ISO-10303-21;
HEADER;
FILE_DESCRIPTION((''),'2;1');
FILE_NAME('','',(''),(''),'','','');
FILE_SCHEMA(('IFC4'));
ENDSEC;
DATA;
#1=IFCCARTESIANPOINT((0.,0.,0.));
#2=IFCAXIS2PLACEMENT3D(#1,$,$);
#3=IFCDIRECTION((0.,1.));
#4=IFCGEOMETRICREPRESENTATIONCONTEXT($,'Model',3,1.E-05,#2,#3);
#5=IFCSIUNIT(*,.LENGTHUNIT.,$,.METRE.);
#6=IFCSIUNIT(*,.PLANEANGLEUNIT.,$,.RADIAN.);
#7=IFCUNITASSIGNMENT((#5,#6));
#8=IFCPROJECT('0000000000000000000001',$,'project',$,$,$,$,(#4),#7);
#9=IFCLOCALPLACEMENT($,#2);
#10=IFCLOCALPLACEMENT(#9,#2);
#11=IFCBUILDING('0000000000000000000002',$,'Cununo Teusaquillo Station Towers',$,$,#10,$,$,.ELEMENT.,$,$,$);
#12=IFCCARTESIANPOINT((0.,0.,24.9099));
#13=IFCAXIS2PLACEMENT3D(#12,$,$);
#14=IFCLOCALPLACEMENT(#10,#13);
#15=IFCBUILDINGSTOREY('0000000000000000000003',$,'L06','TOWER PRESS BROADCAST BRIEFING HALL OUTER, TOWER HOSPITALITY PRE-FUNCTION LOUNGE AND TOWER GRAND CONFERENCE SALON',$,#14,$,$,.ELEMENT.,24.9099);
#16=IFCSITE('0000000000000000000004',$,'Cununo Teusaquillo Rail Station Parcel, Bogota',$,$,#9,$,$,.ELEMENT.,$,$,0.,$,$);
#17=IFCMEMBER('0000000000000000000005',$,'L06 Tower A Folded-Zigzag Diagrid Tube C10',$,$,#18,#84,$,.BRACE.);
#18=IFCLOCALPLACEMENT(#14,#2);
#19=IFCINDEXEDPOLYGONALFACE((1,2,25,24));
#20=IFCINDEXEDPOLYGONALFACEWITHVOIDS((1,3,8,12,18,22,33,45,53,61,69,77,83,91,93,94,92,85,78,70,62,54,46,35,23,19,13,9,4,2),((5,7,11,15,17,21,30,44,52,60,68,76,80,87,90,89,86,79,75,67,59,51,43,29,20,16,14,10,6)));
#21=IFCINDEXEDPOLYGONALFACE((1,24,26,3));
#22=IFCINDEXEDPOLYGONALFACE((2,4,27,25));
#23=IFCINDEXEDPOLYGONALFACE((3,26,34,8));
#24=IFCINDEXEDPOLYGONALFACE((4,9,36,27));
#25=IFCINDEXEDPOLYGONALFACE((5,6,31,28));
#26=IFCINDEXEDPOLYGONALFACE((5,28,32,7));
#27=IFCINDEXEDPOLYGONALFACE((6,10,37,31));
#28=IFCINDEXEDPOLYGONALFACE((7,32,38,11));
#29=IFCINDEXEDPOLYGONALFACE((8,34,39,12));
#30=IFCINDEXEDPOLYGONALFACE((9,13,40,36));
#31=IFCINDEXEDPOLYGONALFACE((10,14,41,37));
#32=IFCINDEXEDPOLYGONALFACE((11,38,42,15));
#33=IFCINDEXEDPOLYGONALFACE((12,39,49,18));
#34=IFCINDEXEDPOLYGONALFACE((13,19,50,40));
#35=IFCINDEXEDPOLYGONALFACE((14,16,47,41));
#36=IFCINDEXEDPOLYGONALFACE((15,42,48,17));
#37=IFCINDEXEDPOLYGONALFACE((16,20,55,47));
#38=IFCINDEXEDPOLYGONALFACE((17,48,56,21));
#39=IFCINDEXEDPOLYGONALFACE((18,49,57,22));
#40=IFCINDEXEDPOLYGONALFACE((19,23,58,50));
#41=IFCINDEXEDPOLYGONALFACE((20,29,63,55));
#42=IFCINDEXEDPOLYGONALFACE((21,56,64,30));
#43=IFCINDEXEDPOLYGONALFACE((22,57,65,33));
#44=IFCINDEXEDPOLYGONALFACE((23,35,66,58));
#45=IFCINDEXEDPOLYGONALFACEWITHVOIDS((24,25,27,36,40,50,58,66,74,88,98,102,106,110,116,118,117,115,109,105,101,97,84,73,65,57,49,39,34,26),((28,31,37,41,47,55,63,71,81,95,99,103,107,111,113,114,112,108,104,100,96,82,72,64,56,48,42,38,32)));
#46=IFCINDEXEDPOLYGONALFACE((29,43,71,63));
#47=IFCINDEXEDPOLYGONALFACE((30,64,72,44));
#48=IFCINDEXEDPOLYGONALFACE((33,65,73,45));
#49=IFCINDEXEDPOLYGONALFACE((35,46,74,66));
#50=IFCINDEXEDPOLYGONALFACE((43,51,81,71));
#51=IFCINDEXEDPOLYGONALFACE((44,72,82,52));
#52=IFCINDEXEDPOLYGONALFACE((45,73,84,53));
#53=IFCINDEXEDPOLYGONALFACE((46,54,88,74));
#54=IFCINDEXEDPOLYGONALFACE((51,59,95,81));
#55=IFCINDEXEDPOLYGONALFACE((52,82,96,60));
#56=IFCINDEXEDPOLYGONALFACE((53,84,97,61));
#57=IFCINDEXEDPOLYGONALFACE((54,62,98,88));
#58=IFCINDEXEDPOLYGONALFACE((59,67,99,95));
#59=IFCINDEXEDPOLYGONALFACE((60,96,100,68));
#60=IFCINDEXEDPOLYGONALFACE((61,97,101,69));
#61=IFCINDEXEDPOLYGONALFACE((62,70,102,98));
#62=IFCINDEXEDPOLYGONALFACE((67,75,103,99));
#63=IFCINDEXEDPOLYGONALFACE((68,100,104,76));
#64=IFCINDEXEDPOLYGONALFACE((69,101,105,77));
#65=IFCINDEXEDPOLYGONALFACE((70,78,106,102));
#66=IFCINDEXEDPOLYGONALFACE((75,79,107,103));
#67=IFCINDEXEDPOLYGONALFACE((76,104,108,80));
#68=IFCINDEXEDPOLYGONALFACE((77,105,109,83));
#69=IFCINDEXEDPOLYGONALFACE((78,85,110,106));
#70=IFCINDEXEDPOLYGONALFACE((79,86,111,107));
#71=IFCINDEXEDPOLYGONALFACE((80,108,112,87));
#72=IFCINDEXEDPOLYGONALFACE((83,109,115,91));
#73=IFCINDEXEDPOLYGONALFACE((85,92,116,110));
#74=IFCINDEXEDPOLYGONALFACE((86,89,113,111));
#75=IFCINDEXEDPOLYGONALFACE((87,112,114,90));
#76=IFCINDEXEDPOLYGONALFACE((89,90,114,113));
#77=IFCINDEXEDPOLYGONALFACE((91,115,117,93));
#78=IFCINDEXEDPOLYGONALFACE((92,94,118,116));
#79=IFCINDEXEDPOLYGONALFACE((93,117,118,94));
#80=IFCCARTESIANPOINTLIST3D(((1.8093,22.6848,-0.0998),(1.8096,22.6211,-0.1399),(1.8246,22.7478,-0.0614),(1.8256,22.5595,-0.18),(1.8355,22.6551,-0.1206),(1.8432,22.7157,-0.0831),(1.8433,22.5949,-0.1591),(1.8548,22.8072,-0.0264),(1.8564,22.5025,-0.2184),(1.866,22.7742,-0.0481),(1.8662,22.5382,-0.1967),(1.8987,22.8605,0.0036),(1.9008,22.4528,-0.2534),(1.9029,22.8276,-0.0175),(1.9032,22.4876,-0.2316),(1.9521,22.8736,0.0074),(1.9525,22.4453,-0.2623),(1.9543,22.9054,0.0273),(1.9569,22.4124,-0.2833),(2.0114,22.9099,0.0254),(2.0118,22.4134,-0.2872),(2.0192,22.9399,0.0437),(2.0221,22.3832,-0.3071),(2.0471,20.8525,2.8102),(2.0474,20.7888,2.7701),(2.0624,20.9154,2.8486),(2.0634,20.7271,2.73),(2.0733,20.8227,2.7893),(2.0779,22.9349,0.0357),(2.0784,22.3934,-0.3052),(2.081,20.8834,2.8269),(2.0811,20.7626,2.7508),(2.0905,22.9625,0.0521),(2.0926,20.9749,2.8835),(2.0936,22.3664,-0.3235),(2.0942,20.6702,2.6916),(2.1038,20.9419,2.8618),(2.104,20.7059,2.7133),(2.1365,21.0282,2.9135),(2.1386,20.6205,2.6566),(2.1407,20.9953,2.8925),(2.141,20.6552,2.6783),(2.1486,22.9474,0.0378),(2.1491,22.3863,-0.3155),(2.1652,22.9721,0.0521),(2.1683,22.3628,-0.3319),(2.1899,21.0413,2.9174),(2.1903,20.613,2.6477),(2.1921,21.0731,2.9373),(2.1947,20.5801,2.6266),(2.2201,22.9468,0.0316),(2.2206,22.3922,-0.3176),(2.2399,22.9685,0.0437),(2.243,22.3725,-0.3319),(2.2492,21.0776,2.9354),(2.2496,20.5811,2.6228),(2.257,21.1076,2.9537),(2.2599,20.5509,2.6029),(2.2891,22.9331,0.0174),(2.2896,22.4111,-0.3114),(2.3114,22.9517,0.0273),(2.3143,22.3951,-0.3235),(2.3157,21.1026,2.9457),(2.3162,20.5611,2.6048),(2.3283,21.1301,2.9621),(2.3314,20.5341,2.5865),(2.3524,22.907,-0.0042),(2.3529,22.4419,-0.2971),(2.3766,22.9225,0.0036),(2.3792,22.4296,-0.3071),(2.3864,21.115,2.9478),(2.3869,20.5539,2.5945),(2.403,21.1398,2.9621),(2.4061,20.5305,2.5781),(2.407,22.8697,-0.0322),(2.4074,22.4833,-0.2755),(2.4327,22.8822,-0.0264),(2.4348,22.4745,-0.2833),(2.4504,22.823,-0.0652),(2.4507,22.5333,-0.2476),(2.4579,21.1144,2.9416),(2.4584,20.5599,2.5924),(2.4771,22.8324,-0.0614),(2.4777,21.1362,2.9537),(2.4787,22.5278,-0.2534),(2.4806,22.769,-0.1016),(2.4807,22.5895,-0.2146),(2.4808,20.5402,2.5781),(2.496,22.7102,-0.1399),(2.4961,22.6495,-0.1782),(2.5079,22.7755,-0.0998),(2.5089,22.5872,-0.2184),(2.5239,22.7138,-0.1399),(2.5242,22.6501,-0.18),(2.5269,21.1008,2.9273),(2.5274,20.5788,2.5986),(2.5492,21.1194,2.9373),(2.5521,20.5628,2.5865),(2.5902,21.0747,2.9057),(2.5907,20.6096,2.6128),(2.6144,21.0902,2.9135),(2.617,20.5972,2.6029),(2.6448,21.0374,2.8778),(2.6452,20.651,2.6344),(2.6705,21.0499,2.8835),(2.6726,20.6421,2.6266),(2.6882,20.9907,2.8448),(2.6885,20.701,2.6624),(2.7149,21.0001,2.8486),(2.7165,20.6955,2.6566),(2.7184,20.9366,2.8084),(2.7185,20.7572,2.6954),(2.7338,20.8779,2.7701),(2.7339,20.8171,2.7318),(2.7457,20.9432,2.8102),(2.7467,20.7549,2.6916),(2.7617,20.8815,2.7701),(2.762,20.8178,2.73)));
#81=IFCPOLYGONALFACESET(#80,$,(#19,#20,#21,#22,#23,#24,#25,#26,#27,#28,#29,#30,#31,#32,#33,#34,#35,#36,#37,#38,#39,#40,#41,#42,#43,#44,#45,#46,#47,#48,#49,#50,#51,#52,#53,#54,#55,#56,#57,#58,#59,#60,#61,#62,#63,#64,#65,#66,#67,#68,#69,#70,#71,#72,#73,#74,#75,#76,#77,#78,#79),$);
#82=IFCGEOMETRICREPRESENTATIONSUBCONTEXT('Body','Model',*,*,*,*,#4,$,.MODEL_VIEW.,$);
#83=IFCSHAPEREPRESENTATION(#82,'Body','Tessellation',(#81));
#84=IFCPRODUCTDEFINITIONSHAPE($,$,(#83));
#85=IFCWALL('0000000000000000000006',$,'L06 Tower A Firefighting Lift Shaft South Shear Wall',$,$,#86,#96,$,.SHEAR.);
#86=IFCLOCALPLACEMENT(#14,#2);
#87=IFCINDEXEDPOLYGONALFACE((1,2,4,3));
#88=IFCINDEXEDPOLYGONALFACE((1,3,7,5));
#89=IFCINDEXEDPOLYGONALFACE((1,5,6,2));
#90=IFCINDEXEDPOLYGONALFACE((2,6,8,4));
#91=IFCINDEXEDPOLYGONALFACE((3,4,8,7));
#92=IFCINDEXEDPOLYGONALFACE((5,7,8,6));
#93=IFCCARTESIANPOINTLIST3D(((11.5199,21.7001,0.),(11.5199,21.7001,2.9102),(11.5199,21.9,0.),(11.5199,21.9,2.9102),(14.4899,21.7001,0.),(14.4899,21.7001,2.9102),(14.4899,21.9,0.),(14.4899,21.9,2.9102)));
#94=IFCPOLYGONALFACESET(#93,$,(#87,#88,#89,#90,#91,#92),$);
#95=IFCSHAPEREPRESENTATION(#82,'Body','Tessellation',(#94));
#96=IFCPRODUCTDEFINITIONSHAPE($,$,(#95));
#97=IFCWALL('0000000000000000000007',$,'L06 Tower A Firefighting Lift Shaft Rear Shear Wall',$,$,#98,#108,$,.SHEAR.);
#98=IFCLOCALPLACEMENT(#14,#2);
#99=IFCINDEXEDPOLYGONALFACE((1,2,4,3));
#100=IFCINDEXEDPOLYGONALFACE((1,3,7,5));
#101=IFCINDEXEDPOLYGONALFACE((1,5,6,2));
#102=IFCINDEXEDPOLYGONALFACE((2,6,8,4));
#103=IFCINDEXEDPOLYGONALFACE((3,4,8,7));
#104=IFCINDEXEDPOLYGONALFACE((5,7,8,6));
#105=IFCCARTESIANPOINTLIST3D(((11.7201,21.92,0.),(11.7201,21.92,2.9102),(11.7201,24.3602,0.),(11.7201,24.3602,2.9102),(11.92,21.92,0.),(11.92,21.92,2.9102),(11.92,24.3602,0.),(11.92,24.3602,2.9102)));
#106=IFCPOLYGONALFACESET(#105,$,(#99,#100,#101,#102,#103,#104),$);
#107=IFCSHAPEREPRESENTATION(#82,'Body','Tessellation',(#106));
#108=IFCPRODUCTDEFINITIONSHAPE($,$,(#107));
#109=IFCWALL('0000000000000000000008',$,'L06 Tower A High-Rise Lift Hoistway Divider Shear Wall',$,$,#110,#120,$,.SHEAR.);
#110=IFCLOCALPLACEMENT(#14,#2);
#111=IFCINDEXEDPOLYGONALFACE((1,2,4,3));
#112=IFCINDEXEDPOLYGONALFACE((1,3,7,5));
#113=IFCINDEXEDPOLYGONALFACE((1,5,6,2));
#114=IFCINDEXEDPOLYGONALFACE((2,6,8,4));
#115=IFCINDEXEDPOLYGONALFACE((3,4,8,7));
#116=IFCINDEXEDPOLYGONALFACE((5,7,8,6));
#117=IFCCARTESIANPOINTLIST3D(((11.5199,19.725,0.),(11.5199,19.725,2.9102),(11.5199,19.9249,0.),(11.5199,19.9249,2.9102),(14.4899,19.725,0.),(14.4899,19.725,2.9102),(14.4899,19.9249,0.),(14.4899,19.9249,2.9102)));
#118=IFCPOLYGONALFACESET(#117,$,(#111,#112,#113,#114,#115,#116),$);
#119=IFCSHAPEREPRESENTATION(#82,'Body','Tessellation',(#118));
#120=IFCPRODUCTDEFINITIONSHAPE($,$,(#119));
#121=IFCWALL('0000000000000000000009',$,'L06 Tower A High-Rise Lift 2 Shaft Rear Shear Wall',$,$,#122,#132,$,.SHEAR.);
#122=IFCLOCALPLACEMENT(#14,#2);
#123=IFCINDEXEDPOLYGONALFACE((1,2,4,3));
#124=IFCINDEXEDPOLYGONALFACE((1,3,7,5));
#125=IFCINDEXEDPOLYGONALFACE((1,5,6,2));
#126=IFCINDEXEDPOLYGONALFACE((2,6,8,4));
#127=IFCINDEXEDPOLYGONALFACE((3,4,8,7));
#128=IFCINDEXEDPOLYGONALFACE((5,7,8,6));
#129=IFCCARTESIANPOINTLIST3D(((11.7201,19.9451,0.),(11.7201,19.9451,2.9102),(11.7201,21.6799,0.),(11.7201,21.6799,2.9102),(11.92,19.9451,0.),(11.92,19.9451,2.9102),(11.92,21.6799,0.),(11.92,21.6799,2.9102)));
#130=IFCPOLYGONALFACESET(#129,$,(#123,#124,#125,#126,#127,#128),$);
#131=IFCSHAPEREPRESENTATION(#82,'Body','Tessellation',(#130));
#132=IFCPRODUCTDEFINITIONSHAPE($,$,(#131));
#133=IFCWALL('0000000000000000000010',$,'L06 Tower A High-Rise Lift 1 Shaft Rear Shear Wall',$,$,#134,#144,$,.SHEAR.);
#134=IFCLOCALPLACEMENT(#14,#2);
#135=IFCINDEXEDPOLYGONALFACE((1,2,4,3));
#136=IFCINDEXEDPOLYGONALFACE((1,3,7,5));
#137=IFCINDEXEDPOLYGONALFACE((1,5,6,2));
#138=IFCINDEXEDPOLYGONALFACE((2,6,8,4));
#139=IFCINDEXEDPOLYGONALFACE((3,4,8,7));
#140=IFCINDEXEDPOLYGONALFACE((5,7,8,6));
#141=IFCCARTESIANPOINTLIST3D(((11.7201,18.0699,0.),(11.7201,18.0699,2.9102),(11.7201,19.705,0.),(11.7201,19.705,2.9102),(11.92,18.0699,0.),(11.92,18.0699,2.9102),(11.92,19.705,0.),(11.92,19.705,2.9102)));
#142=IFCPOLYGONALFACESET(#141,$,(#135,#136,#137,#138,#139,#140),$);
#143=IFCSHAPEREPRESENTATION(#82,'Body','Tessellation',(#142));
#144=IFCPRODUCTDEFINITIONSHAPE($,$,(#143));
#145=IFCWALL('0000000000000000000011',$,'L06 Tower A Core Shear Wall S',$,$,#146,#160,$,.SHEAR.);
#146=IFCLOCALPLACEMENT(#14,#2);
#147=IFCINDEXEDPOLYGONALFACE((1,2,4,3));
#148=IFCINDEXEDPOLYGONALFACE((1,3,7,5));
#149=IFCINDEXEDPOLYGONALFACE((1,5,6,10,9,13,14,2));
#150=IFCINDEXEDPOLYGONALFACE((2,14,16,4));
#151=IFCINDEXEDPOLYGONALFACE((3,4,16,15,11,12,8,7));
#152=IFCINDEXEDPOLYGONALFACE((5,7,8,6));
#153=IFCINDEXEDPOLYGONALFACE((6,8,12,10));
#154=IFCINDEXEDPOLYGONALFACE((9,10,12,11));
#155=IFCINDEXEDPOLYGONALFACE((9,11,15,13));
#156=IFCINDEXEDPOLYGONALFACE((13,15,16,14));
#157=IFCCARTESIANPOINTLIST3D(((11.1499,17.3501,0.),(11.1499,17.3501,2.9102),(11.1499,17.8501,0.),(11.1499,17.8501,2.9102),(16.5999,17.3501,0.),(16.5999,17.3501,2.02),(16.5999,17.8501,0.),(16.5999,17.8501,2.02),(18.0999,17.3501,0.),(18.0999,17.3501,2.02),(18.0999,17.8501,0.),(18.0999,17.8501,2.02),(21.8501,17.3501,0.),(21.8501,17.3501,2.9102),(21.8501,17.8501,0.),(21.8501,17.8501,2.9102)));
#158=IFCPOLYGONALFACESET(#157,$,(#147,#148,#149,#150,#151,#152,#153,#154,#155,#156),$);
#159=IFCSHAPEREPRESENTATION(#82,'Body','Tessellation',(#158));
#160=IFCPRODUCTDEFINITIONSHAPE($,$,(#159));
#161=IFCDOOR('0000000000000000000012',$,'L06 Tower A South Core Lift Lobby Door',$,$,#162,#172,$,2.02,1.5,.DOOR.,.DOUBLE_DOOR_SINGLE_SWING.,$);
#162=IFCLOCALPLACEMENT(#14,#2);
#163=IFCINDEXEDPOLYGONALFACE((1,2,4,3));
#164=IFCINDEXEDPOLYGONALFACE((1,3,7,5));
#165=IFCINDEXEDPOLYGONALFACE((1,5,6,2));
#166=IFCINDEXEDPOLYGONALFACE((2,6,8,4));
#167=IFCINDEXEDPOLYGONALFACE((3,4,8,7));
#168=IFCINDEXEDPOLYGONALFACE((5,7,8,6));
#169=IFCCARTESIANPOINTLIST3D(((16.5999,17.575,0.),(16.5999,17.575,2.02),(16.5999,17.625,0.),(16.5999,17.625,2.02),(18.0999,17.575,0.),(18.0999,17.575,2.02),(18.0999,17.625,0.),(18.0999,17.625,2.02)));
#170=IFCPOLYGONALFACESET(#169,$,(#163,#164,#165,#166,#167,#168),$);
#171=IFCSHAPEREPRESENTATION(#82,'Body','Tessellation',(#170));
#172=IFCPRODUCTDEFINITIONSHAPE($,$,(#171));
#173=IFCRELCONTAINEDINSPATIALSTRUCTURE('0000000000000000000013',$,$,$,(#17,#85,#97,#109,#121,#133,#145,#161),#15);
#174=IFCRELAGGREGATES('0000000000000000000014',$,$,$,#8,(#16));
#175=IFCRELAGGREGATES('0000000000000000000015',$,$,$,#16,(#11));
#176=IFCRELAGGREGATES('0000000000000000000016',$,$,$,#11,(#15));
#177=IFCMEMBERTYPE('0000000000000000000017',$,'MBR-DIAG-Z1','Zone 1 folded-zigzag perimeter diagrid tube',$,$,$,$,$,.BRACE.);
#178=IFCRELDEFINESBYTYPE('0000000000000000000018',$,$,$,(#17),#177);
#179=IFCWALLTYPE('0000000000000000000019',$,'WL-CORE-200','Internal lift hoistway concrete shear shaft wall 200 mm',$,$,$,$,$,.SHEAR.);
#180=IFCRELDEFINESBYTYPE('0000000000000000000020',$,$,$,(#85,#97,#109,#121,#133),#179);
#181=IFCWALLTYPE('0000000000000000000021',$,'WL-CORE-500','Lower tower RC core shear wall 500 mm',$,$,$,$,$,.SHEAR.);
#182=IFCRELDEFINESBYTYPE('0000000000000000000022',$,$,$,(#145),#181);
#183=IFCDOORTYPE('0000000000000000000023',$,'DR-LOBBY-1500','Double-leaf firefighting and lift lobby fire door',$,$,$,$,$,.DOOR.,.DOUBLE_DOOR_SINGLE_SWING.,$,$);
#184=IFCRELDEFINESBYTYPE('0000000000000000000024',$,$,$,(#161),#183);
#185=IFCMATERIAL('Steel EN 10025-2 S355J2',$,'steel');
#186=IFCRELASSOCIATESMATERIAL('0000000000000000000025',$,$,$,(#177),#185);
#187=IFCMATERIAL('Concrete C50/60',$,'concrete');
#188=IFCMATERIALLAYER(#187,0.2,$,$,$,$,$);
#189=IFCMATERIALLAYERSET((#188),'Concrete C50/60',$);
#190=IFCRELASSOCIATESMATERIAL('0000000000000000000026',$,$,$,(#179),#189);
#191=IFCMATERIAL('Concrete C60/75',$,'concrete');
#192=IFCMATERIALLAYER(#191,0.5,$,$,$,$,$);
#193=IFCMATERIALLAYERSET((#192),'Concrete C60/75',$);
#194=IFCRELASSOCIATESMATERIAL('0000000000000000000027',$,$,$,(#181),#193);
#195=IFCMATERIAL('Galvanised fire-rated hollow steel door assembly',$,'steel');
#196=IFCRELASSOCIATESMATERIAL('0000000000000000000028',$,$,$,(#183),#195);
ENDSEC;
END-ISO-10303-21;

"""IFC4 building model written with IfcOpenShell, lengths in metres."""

from ifc_helpers import new_model, si_unit, direction, frame, frame_2d, origin, origin_2d, place, context, subcontext, project, spatial, rectangle, hollow_circle, extrude, source, transform, mapped, material, layer, layer_set, material_profile, profile_set, type_object, element, fill, save


model = new_model("IFC4")

# Units and contexts
model_context = context("Model", 3, precision=1e-05, world=origin(), true_north=direction((0.0, 1.0)))
body_context = subcontext(model_context, "Body", "Model", "MODEL_VIEW")
ifc_project = project(units=[si_unit("LENGTHUNIT", "METRE"), si_unit("PLANEANGLEUNIT", "RADIAN")], contexts=[model_context])

# Site, building, storey
site_placement = place(None, origin())
site = spatial("IfcSite", under=ifc_project, at=site_placement, Name="Cununo Teusaquillo Rail Station Parcel, Bogota", CompositionType="ELEMENT", RefElevation=0.0)
building_placement = place(site_placement, origin())
building = spatial("IfcBuilding", under=site, at=building_placement, Name="Cununo Teusaquillo Station Towers", CompositionType="ELEMENT")
storey_placement = place(building_placement, frame((0.0, 0.0, 24.9099)))
storey = spatial("IfcBuildingStorey", under=building, at=storey_placement, Name="L06", Description="TOWER PRESS BROADCAST BRIEFING HALL OUTER, TOWER HOSPITALITY PRE-FUNCTION LOUNGE AND TOWER GRAND CONFERENCE SALON", CompositionType="ELEMENT", Elevation=24.9099)

# Member
ifc_material_1 = material(Name="Steel EN 10025-2 S355J2", Category="steel")
ifc_material_profile_1 = material_profile(ifc_material_1, hollow_circle(Radius=0.3601, WallThickness=0.0281, at=origin_2d()), Name="CHS 720x28")
ifc_profile_set_1 = profile_set([ifc_material_profile_1], Name="Steel EN 10025-2 S355J2")
member_type = type_object("IfcMemberType", Name="MBR-DIAG-Z1", Description="Zone 1 folded-zigzag perimeter diagrid tube", PredefinedType="BRACE", material=ifc_profile_set_1)
member_placement = place(storey_placement, frame((2.1667, 22.6675, -0.1399), z_axis=(0.068987, -0.531566, 0.844203), x_axis=(0.991683, 0.128701, 0.0)))
element("IfcMember", 1, at=member_placement, inside=storey, type_object=member_type, Name="L06 Tower A Folded-Zigzag Diagrid Tube C10", PredefinedType="BRACE", context=body_context, shape_type="SweptSolid", body=[
    extrude(hollow_circle(Radius=0.3601, WallThickness=0.0281, at=origin_2d()), origin(), (0.0, 0.0, 1.0), 3.447),
])

# Walls
ifc_material_2 = material(Name="Concrete C50/60", Category="concrete")
ifc_layer_1 = layer(ifc_material_2, 0.2)
ifc_layer_set_1 = layer_set([ifc_layer_1], Name="Concrete C50/60")
wall_type_1 = type_object("IfcWallType", Name="WL-CORE-200", Description="Internal lift hoistway concrete shear shaft wall 200 mm", PredefinedType="SHEAR", material=ifc_layer_set_1)
wall_1_placement = place(storey_placement, frame((11.52, 21.8, 0.0), z_axis=(0.0, 0.0, 1.0), x_axis=(1.0, 0.0, 0.0)))
element("IfcWall", 2, at=wall_1_placement, inside=storey, type_object=wall_type_1, Name="L06 Tower A Firefighting Lift Shaft South Shear Wall", PredefinedType="SHEAR", context=body_context, shape_type="SweptSolid", body=[
    extrude(rectangle(XDim=2.97, YDim=0.2, at=frame_2d((1.4849, 0.0))), origin(), (0.0, 0.0, 1.0), 2.9102),
])
wall_2_placement = place(storey_placement, frame((11.8201, 21.9199, 0.0), z_axis=(0.0, 0.0, 1.0), x_axis=(0.0, 1.0, 0.0)))
element("IfcWall", 3, at=wall_2_placement, inside=storey, type_object=wall_type_1, Name="L06 Tower A Firefighting Lift Shaft Rear Shear Wall", PredefinedType="SHEAR", context=body_context, shape_type="SweptSolid", body=[
    extrude(rectangle(XDim=2.4402, YDim=0.2, at=frame_2d((1.2202, 0.0))), origin(), (0.0, 0.0, 1.0), 2.9102),
])
wall_3_placement = place(storey_placement, frame((11.52, 19.825, 0.0), z_axis=(0.0, 0.0, 1.0), x_axis=(1.0, 0.0, 0.0)))
element("IfcWall", 4, at=wall_3_placement, inside=storey, type_object=wall_type_1, Name="L06 Tower A High-Rise Lift Hoistway Divider Shear Wall", PredefinedType="SHEAR", context=body_context, shape_type="SweptSolid", body=[
    extrude(rectangle(XDim=2.97, YDim=0.2, at=frame_2d((1.4849, 0.0))), origin(), (0.0, 0.0, 1.0), 2.9102),
])
wall_4_placement = place(storey_placement, frame((11.8201, 19.9451, 0.0), z_axis=(0.0, 0.0, 1.0), x_axis=(0.0, 1.0, 0.0)))
element("IfcWall", 5, at=wall_4_placement, inside=storey, type_object=wall_type_1, Name="L06 Tower A High-Rise Lift 2 Shaft Rear Shear Wall", PredefinedType="SHEAR", context=body_context, shape_type="SweptSolid", body=[
    extrude(rectangle(XDim=1.7349, YDim=0.2, at=frame_2d((0.8674, 0.0))), origin(), (0.0, 0.0, 1.0), 2.9102),
])
wall_5_placement = place(storey_placement, frame((11.8201, 18.0701, 0.0), z_axis=(0.0, 0.0, 1.0), x_axis=(0.0, 1.0, 0.0)))
element("IfcWall", 6, at=wall_5_placement, inside=storey, type_object=wall_type_1, Name="L06 Tower A High-Rise Lift 1 Shaft Rear Shear Wall", PredefinedType="SHEAR", context=body_context, shape_type="SweptSolid", body=[
    extrude(rectangle(XDim=1.635, YDim=0.2, at=frame_2d((0.8174, 0.0))), origin(), (0.0, 0.0, 1.0), 2.9102),
])

# Wall, opening, door
ifc_material_3 = material(Name="Concrete C60/75", Category="concrete")
ifc_layer_2 = layer(ifc_material_3, 0.5)
ifc_layer_set_2 = layer_set([ifc_layer_2], Name="Concrete C60/75")
wall_type_2 = type_object("IfcWallType", Name="WL-CORE-500", Description="Lower tower RC core shear wall 500 mm", PredefinedType="SHEAR", material=ifc_layer_set_2)
wall_6_placement = place(storey_placement, frame((11.1499, 17.6001, 0.0), z_axis=(0.0, 0.0, 1.0), x_axis=(1.0, 0.0, 0.0)))
wall_6 = element("IfcWall", 7, at=wall_6_placement, inside=storey, type_object=wall_type_2, Name="L06 Tower A Core Shear Wall S", PredefinedType="SHEAR", context=body_context, shape_type="SweptSolid", body=[
    extrude(rectangle(XDim=10.7002, YDim=0.5, at=frame_2d((5.3501, 0.0))), origin(), (0.0, 0.0, 1.0), 2.9102),
])
shared_shape_1 = source(origin(), body_context, "Body", "SweptSolid", [
    extrude(rectangle(XDim=1.5, YDim=2.02, at=frame_2d((0.75, 1.01))), frame((0.0, 0.26, 0.0), z_axis=(0.0, -1.0, 0.0), x_axis=(1.0, 0.0, 0.0)), (0.0, 0.0, 1.0), 0.52),
])
opening_1_placement = place(wall_6_placement, frame((5.45, 0.0, 0.0)))
opening_1 = element("IfcOpeningElement", 8, at=opening_1_placement, cuts=wall_6, PredefinedType="OPENING", context=body_context, shape_type="MappedRepresentation", body=[
    mapped(shared_shape_1, transform((0.0, 0.0, 0.0), x_axis=(1.0, 0.0, 0.0), y_axis=(0.0, 1.0, 0.0), z_axis=(0.0, 0.0, 1.0), scale=1.0)),
])
ifc_material_4 = material(Name="Galvanised fire-rated hollow steel door assembly", Category="steel")
door_type_1 = type_object("IfcDoorType", Name="DR-LOBBY-1500", Description="Double-leaf firefighting and lift lobby fire door", OperationType="DOUBLE_DOOR_SINGLE_SWING", PredefinedType="DOOR", material=ifc_material_4)
shared_shape_2 = source(origin(), body_context, "Body", "SweptSolid", [
    extrude(rectangle(XDim=1.5, YDim=2.02, at=frame_2d((0.75, 1.01))), frame((0.0, 0.0249, 0.0), z_axis=(0.0, -1.0, 0.0), x_axis=(1.0, 0.0, 0.0)), (0.0, 0.0, 1.0), 0.05),
])
door_1_placement = place(opening_1_placement, origin())
door_1 = element("IfcDoor", 9, at=door_1_placement, inside=storey, type_object=door_type_1, Name="L06 Tower A South Core Lift Lobby Door", OperationType="DOUBLE_DOOR_SINGLE_SWING", OverallHeight=2.02, OverallWidth=1.5, PredefinedType="DOOR", context=body_context, shape_type="MappedRepresentation", body=[
    mapped(shared_shape_2, transform((0.0, 0.0, 0.0), x_axis=(1.0, 0.0, 0.0), y_axis=(0.0, 1.0, 0.0), z_axis=(0.0, 0.0, 1.0), scale=1.0)),
])
fill(opening_1, door_1)

save(model, "model.ifc")
